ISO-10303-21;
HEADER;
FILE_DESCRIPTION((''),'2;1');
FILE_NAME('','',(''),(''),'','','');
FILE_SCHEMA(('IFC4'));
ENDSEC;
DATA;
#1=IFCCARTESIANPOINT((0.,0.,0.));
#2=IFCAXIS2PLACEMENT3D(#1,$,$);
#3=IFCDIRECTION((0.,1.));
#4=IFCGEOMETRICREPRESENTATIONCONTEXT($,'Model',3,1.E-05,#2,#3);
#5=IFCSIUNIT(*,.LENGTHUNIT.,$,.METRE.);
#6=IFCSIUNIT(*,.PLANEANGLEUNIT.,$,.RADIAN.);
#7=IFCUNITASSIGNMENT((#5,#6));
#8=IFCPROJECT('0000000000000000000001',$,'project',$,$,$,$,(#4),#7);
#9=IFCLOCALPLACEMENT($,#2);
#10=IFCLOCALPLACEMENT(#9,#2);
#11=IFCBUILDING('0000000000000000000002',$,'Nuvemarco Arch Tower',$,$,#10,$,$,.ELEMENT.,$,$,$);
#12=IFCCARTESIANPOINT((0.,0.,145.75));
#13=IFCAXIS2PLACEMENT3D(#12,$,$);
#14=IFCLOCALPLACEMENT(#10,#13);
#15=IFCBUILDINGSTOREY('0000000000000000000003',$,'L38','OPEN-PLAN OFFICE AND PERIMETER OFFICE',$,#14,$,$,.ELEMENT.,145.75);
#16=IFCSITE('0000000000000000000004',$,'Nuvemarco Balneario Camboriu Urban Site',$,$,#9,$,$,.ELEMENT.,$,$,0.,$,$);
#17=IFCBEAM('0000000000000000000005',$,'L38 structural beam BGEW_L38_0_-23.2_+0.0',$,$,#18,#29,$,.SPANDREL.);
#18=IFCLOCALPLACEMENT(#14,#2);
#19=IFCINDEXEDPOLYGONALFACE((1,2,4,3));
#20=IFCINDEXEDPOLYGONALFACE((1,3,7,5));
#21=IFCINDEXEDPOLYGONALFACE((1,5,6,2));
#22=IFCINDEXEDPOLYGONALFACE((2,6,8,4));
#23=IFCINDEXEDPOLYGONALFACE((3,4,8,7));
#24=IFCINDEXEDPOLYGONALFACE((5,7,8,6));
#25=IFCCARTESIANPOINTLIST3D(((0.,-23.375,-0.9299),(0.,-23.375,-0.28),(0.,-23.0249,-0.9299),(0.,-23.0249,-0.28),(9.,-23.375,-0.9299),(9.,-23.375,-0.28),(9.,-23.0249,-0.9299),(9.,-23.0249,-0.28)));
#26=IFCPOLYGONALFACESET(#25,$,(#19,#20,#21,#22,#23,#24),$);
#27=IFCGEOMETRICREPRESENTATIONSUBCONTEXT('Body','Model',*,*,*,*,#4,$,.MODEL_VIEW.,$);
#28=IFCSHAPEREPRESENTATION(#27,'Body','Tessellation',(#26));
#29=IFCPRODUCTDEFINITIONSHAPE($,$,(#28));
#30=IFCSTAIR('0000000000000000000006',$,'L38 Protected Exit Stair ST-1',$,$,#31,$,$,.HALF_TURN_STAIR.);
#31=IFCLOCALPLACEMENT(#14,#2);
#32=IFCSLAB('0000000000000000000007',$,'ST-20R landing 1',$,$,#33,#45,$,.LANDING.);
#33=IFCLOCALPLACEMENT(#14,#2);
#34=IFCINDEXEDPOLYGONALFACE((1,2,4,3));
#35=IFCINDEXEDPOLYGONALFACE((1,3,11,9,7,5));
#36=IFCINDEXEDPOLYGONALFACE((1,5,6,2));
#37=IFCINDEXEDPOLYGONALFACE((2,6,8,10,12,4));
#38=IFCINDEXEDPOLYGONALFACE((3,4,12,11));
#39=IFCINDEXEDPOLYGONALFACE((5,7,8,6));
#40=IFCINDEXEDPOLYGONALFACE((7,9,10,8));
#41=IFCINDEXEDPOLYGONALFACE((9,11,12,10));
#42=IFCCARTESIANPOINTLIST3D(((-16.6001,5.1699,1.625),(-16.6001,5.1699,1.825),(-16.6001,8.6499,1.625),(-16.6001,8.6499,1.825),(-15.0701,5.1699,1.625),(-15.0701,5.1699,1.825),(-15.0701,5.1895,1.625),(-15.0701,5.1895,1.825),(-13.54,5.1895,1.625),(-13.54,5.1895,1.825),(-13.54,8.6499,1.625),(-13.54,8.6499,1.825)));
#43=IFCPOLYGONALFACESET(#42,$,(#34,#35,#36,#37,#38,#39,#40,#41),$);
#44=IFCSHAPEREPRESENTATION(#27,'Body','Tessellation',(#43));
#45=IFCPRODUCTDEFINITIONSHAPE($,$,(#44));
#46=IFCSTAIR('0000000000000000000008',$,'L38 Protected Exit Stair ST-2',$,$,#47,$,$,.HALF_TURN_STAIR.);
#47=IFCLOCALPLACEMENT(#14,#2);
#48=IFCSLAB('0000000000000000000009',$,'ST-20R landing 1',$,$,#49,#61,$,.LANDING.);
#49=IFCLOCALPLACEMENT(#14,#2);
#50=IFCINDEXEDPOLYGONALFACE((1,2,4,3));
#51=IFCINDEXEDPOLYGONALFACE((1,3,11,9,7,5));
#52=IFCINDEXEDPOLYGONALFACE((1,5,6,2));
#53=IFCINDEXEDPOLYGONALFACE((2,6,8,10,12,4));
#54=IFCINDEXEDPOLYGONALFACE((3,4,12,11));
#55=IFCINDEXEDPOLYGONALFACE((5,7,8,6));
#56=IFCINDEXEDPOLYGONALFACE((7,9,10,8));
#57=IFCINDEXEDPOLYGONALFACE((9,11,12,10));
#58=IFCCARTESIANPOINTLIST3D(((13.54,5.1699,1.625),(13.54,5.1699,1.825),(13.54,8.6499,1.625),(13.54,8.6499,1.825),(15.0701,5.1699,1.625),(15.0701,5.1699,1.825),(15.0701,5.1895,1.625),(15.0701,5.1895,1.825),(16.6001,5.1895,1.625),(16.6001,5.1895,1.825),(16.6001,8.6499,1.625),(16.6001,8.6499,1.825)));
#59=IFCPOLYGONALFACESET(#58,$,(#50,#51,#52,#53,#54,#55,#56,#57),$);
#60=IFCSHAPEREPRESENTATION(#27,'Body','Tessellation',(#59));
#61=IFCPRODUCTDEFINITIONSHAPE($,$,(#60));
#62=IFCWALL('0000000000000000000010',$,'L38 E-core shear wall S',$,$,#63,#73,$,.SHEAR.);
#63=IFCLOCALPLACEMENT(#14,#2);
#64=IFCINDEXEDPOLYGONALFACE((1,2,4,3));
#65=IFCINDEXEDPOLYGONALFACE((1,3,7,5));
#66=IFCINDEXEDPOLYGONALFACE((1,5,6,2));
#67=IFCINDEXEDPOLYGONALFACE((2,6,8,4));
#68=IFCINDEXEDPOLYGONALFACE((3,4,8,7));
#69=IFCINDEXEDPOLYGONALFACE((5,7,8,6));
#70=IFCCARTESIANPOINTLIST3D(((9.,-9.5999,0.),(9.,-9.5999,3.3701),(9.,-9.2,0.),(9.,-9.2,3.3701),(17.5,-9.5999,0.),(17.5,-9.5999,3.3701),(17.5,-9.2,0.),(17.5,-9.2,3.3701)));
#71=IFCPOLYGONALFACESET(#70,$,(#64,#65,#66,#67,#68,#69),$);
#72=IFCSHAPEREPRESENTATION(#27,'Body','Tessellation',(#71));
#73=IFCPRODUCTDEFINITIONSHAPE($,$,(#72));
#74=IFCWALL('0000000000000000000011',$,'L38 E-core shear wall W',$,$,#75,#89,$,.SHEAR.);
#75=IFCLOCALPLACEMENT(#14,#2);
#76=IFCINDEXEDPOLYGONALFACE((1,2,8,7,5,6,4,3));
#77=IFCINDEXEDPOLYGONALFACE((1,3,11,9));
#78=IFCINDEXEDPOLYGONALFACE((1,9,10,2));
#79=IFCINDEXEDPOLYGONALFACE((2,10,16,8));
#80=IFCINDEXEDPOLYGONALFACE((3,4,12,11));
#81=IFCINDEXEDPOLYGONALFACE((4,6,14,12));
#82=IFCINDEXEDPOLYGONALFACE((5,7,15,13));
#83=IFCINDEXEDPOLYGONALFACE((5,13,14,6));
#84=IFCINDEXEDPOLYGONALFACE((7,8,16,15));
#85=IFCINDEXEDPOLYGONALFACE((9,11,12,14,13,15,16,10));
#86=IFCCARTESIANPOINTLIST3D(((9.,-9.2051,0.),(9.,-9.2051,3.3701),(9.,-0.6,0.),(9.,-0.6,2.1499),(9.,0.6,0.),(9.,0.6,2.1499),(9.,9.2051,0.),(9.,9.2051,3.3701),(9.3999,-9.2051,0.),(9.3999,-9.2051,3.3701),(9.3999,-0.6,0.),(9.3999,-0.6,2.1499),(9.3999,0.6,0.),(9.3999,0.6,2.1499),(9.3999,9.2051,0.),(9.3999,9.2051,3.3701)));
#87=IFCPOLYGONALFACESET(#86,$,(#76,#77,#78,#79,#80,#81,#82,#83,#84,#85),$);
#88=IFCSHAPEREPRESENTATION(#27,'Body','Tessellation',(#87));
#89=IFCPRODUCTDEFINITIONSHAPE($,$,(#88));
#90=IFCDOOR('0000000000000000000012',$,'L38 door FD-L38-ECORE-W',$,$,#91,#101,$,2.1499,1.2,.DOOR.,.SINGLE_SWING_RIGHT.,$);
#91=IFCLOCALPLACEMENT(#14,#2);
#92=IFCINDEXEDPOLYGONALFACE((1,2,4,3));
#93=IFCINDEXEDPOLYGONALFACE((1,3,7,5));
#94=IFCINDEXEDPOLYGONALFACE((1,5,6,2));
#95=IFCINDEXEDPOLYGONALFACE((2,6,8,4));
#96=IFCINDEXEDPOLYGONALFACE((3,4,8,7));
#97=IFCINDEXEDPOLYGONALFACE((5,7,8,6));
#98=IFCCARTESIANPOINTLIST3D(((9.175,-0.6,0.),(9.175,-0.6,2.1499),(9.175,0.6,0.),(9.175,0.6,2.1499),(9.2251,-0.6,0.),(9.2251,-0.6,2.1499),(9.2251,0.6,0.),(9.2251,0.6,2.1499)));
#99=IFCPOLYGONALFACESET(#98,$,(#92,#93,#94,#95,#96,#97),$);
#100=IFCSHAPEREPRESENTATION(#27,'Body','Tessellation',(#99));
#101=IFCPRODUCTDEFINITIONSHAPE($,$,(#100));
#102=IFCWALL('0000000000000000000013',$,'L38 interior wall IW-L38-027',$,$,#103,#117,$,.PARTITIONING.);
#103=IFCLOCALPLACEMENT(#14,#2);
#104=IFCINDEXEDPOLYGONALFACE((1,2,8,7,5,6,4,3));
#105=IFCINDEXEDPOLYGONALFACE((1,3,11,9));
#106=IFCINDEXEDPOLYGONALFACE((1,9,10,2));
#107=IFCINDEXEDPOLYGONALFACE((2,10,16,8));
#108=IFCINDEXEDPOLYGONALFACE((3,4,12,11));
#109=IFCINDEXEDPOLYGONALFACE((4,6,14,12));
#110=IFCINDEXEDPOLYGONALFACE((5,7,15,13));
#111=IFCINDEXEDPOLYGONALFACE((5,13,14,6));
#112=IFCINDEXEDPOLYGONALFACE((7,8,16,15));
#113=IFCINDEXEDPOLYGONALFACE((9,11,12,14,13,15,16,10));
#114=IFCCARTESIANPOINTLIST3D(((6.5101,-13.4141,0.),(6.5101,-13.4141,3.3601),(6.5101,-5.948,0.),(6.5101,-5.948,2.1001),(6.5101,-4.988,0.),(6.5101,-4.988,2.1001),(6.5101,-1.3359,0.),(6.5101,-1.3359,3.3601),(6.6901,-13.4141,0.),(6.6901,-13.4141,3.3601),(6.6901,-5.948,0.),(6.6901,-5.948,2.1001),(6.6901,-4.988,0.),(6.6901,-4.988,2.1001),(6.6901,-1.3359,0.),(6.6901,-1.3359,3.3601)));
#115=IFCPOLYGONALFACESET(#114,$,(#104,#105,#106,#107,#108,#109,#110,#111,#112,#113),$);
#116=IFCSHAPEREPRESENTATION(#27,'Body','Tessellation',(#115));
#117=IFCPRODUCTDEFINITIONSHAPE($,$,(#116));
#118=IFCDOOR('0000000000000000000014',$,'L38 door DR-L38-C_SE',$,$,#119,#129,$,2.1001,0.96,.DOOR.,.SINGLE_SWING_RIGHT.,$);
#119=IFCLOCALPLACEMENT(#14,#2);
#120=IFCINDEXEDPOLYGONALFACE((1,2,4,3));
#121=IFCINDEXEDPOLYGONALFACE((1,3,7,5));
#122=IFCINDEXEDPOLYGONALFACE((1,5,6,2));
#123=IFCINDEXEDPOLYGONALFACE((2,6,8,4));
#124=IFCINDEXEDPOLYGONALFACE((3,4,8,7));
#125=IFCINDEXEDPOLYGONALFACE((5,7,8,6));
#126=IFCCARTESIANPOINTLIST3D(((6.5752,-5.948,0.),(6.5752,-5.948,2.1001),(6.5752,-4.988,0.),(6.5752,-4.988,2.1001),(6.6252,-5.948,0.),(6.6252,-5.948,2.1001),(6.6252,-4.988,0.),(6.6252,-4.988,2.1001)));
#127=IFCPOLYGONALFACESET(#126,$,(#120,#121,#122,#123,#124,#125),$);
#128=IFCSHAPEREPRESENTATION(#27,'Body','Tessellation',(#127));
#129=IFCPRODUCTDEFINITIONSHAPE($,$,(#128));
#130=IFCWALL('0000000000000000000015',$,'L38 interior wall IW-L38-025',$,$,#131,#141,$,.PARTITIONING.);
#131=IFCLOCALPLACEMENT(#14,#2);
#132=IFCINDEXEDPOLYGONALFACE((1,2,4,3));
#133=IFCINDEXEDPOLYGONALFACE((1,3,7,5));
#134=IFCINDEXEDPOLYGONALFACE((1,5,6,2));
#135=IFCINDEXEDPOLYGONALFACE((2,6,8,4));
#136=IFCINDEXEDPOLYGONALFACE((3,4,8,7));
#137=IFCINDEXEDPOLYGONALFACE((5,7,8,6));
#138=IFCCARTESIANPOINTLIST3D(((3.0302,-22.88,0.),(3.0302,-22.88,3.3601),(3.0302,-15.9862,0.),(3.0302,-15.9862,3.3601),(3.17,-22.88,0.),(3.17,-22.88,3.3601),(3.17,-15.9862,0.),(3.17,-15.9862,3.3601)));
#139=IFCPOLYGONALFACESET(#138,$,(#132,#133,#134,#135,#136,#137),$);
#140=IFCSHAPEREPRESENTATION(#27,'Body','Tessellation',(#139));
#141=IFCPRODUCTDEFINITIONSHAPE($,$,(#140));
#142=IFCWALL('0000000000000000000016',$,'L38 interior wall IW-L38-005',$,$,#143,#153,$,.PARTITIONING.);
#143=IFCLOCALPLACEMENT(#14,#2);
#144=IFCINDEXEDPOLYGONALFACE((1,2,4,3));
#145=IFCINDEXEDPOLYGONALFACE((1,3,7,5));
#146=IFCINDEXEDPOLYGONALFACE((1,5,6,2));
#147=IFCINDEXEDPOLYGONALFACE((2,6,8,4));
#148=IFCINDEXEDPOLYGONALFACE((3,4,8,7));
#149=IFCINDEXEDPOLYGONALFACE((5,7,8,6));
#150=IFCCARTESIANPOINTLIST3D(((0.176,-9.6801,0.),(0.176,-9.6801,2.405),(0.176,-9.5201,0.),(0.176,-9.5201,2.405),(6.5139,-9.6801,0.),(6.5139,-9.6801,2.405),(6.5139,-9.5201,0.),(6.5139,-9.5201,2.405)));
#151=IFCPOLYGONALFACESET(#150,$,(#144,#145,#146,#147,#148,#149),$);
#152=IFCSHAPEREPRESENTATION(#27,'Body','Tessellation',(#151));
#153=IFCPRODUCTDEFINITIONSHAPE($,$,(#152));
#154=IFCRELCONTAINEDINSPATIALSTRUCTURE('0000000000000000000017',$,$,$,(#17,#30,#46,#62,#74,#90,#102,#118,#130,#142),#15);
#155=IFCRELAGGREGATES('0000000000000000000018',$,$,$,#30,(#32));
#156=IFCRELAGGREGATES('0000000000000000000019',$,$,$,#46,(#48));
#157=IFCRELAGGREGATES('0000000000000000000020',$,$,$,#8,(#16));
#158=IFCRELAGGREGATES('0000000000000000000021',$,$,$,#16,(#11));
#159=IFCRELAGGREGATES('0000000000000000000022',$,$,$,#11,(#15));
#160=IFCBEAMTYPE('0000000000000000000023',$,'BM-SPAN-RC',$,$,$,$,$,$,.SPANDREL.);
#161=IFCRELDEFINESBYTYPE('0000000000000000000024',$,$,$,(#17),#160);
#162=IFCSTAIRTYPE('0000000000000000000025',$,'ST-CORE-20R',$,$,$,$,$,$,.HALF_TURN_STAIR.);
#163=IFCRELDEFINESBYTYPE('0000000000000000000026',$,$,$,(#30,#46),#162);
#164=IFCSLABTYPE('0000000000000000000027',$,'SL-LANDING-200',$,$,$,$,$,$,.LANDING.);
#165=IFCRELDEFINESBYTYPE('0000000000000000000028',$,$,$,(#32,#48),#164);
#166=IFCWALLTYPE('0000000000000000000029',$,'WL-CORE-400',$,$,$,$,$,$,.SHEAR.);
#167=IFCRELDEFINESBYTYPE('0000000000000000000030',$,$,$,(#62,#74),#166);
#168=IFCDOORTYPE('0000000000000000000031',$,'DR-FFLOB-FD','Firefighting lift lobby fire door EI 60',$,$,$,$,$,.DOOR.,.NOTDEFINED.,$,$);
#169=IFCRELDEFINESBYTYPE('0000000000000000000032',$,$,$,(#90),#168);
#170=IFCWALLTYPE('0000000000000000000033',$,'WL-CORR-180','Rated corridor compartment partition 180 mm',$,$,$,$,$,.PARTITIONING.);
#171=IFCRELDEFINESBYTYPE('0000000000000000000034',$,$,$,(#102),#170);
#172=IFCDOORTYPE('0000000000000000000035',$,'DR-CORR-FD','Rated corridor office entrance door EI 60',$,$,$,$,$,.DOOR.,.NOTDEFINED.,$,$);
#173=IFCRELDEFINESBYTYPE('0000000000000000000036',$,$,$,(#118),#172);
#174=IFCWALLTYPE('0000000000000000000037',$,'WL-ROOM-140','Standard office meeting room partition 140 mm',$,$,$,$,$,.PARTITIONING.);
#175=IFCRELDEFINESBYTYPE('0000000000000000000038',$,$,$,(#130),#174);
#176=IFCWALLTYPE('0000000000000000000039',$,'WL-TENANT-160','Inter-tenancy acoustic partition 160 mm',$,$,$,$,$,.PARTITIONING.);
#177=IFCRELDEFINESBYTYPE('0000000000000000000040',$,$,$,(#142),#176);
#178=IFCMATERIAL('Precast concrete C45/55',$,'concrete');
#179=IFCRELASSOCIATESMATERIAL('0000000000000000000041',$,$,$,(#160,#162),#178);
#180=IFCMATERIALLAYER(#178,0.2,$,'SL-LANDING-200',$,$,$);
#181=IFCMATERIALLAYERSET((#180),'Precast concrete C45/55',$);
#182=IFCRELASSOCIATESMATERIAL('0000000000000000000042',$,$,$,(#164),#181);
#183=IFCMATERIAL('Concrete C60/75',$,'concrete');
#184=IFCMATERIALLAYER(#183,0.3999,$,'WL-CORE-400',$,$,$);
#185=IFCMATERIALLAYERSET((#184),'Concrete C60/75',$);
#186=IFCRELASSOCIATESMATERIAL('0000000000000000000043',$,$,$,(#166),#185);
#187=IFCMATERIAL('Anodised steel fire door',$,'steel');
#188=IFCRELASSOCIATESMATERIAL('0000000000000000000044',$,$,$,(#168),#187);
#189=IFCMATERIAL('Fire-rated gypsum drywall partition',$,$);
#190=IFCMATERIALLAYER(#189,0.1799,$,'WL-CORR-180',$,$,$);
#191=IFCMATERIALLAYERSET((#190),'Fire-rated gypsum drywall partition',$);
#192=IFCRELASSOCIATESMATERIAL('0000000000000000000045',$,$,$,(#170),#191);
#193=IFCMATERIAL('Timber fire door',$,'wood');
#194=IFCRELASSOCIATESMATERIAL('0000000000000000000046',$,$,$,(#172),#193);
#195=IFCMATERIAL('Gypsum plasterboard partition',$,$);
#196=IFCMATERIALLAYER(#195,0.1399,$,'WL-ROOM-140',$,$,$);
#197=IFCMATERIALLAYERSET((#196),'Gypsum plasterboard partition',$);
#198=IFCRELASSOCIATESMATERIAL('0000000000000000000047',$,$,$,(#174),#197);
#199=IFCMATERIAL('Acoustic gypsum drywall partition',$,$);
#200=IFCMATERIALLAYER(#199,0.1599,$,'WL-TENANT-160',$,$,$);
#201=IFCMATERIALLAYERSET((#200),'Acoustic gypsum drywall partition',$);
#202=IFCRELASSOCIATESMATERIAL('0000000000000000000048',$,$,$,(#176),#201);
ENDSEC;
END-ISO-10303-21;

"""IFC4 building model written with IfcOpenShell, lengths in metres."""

from ifc_helpers import new_model, si_unit, direction, frame, frame_2d, origin, origin_2d, place, context, subcontext, project, spatial, polyline, rectangle, outline, extrude, source, transform, mapped, material, layer, layer_set, material_profile, profile_set, type_object, type_shapes, element, fill, aggregate, save


model = new_model("IFC4")

# Units and contexts
model_context = context("Model", 3, precision=1e-05, world=origin(), true_north=direction((0.0, 1.0)))
body_context = subcontext(model_context, "Body", "Model", "MODEL_VIEW")
ifc_project = project(units=[si_unit("LENGTHUNIT", "METRE"), si_unit("PLANEANGLEUNIT", "RADIAN")], contexts=[model_context])

# Site, building, storey
site_placement = place(None, origin())
site = spatial("IfcSite", under=ifc_project, at=site_placement, Name="Nuvemarco Balneario Camboriu Urban Site", CompositionType="ELEMENT", RefElevation=0.0)
building_placement = place(site_placement, origin())
building = spatial("IfcBuilding", under=site, at=building_placement, Name="Nuvemarco Arch Tower", CompositionType="ELEMENT")
storey_placement = place(building_placement, frame((0.0, 0.0, 145.75)))
storey = spatial("IfcBuildingStorey", under=building, at=storey_placement, Name="L38", Description="OPEN-PLAN OFFICE AND PERIMETER OFFICE", CompositionType="ELEMENT", Elevation=145.75)

# Beam
ifc_material_1 = material(Name="Concrete C60/75", Category="concrete")
ifc_material_2 = material(Name="Precast concrete C45/55", Category="concrete")
ifc_material_profile_1 = material_profile(ifc_material_2, rectangle(XDim=0.3501, YDim=0.6499, at=origin_2d()), Name="PC-SP-350x650")
ifc_profile_set_1 = profile_set([ifc_material_profile_1], Name="Precast concrete C45/55")
beam_type_1 = type_object("IfcBeamType", Name="BM-SPAN-RC", PredefinedType="SPANDREL", material=ifc_profile_set_1)
beam_1_placement = place(storey_placement, frame((0.0, -23.2, -0.605), z_axis=(1.0, 0.0, 0.0), x_axis=(0.0, 1.0, 0.0)))
element("IfcBeam", 1, at=beam_1_placement, inside=storey, type_object=beam_type_1, Name="L38 structural beam BGEW_L38_0_-23.2_+0.0", PredefinedType="SPANDREL", context=body_context, shape_type="SweptSolid", body=[
    extrude(rectangle(XDim=0.3501, YDim=0.6499, at=origin_2d()), origin(), (0.0, 0.0, 1.0), 9.0),
])

# Stairs, slabs
stair_type = type_object("IfcStairType", Name="ST-CORE-20R", PredefinedType="HALF_TURN_STAIR", material=ifc_material_2)
stair_1_placement = place(storey_placement, origin())
stair_1 = element("IfcStair", 2, at=stair_1_placement, inside=storey, type_object=stair_type, Name="L38 Protected Exit Stair ST-1", PredefinedType="HALF_TURN_STAIR")
ifc_layer_1 = layer(ifc_material_2, 0.2, Name="SL-LANDING-200")
ifc_layer_set_1 = layer_set([ifc_layer_1], Name="Precast concrete C45/55")
slab_type = type_object("IfcSlabType", Name="SL-LANDING-200", PredefinedType="LANDING", material=ifc_layer_set_1)
slab_1_placement = place(storey_placement, frame((0.0, 0.0, 1.625)))
slab_1 = element("IfcSlab", 3, at=slab_1_placement, type_object=slab_type, Name="ST-20R landing 1", PredefinedType="LANDING", context=body_context, shape_type="SweptSolid", body=[
    extrude(outline(polyline([(-13.54, 5.1895), (-13.54, 8.6499), (-16.6001, 8.6499), (-16.6001, 5.1699), (-15.0701, 5.1699), (-15.0701, 5.1895), (-13.54, 5.1895)])), origin(), (0.0, 0.0, 1.0), 0.2),
])
aggregate(stair_1, [slab_1])
stair_2_placement = place(storey_placement, origin())
stair_2 = element("IfcStair", 4, at=stair_2_placement, inside=storey, type_object=stair_type, Name="L38 Protected Exit Stair ST-2", PredefinedType="HALF_TURN_STAIR")
slab_2_placement = place(storey_placement, frame((0.0, 0.0, 1.625)))
slab_2 = element("IfcSlab", 5, at=slab_2_placement, type_object=slab_type, Name="ST-20R landing 1", PredefinedType="LANDING", context=body_context, shape_type="SweptSolid", body=[
    extrude(outline(polyline([(16.6001, 5.1895), (16.6001, 8.6499), (13.54, 8.6499), (13.54, 5.1699), (15.0701, 5.1699), (15.0701, 5.1895), (16.6001, 5.1895)])), origin(), (0.0, 0.0, 1.0), 0.2),
])
aggregate(stair_2, [slab_2])

# Wall
ifc_layer_2 = layer(ifc_material_1, 0.3999, Name="WL-CORE-400")
ifc_layer_set_2 = layer_set([ifc_layer_2], Name="Concrete C60/75")
wall_type_1 = type_object("IfcWallType", Name="WL-CORE-400", PredefinedType="SHEAR", material=ifc_layer_set_2)
wall_1_placement = place(storey_placement, frame((9.0, -9.3999, 0.0), z_axis=(0.0, 0.0, 1.0), x_axis=(1.0, 0.0, 0.0)))
element("IfcWall", 6, at=wall_1_placement, inside=storey, type_object=wall_type_1, Name="L38 E-core shear wall S", PredefinedType="SHEAR", context=body_context, shape_type="SweptSolid", body=[
    extrude(rectangle(XDim=8.5, YDim=0.3999, at=frame_2d((4.25, 0.0))), origin(), (0.0, 0.0, 1.0), 3.3701),
])

# Walls, openings, doors
wall_2_placement = place(storey_placement, frame((9.2, -9.2051, 0.0), z_axis=(0.0, 0.0, 1.0), x_axis=(0.0, 1.0, 0.0)))
wall_2 = element("IfcWall", 7, at=wall_2_placement, inside=storey, type_object=wall_type_1, Name="L38 E-core shear wall W", PredefinedType="SHEAR", context=body_context, shape_type="SweptSolid", body=[
    extrude(rectangle(XDim=18.4102, YDim=0.3999, at=frame_2d((9.2051, 0.0))), origin(), (0.0, 0.0, 1.0), 3.3701),
])
opening_1_placement = place(wall_2_placement, frame((8.605, 0.0, 0.0)))
opening_1 = element("IfcOpeningElement", 8, at=opening_1_placement, cuts=wall_2, PredefinedType="OPENING", context=body_context, shape_type="SweptSolid", body=[
    extrude(rectangle(XDim=1.2, YDim=2.1499, at=frame_2d((0.6001, 1.075))), frame((0.0, 0.21, 0.0), z_axis=(0.0, -1.0, 0.0), x_axis=(1.0, 0.0, 0.0)), (0.0, 0.0, 1.0), 0.4199),
])
ifc_material_3 = material(Name="Anodised steel fire door", Category="steel")
door_type_1 = type_object("IfcDoorType", Name="DR-FFLOB-FD", Description="Firefighting lift lobby fire door EI 60", OperationType="NOTDEFINED", PredefinedType="DOOR", material=ifc_material_3)
shared_shape_1 = source(origin(), body_context, "Body", "SweptSolid", [
    extrude(rectangle(XDim=1.2, YDim=2.1499, at=frame_2d((0.6001, 1.075))), frame((0.0, 0.0249, 0.0), z_axis=(0.0, -1.0, 0.0), x_axis=(1.0, 0.0, 0.0)), (0.0, 0.0, 1.0), 0.05),
])
type_shapes(door_type_1, [shared_shape_1])
door_1_placement = place(opening_1_placement, origin())
door_1 = element("IfcDoor", 9, at=door_1_placement, inside=storey, type_object=door_type_1, Name="L38 door FD-L38-ECORE-W", OperationType="SINGLE_SWING_RIGHT", OverallHeight=2.1499, OverallWidth=1.2, PredefinedType="DOOR", context=body_context, shape_type="MappedRepresentation", body=[
    mapped(shared_shape_1, transform((0.0, 0.0, 0.0), scale=1.0)),
])
fill(opening_1, door_1)
ifc_material_4 = material(Name="Fire-rated gypsum drywall partition")
ifc_layer_3 = layer(ifc_material_4, 0.1799, Name="WL-CORR-180")
ifc_layer_set_3 = layer_set([ifc_layer_3], Name="Fire-rated gypsum drywall partition")
wall_type_2 = type_object("IfcWallType", Name="WL-CORR-180", Description="Rated corridor compartment partition 180 mm", PredefinedType="PARTITIONING", material=ifc_layer_set_3)
wall_3_placement = place(storey_placement, frame((6.6001, -13.4141, 0.0), z_axis=(0.0, 0.0, 1.0), x_axis=(0.0, 1.0, 0.0)))
wall_3 = element("IfcWall", 10, at=wall_3_placement, inside=storey, type_object=wall_type_2, Name="L38 interior wall IW-L38-027", PredefinedType="PARTITIONING", context=body_context, shape_type="SweptSolid", body=[
    extrude(rectangle(XDim=12.0781, YDim=0.1799, at=frame_2d((6.0391, 0.0))), origin(), (0.0, 0.0, 1.0), 3.3601),
])
opening_2_placement = place(wall_3_placement, frame((7.4661, 0.0, 0.0)))
opening_2 = element("IfcOpeningElement", 11, at=opening_2_placement, cuts=wall_3, PredefinedType="OPENING", context=body_context, shape_type="SweptSolid", body=[
    extrude(rectangle(XDim=0.96, YDim=2.1001, at=frame_2d((0.48, 1.05))), frame((0.0, 0.0999, 0.0), z_axis=(0.0, -1.0, 0.0), x_axis=(1.0, 0.0, 0.0)), (0.0, 0.0, 1.0), 0.2),
])
ifc_material_5 = material(Name="Timber fire door", Category="wood")
door_type_2 = type_object("IfcDoorType", Name="DR-CORR-FD", Description="Rated corridor office entrance door EI 60", OperationType="NOTDEFINED", PredefinedType="DOOR", material=ifc_material_5)
shared_shape_2 = source(origin(), body_context, "Body", "SweptSolid", [
    extrude(rectangle(XDim=0.96, YDim=2.1001, at=frame_2d((0.48, 1.05))), frame((0.0, 0.0249, 0.0), z_axis=(0.0, -1.0, 0.0), x_axis=(1.0, 0.0, 0.0)), (0.0, 0.0, 1.0), 0.05),
])
type_shapes(door_type_2, [shared_shape_2])
door_2_placement = place(opening_2_placement, origin())
door_2 = element("IfcDoor", 12, at=door_2_placement, inside=storey, type_object=door_type_2, Name="L38 door DR-L38-C_SE", OperationType="SINGLE_SWING_RIGHT", OverallHeight=2.1001, OverallWidth=0.96, PredefinedType="DOOR", context=body_context, shape_type="MappedRepresentation", body=[
    mapped(shared_shape_2, transform((0.0, 0.0, 0.0), scale=1.0)),
])
fill(opening_2, door_2)

# Walls
ifc_material_6 = material(Name="Gypsum plasterboard partition")
ifc_layer_4 = layer(ifc_material_6, 0.1399, Name="WL-ROOM-140")
ifc_layer_set_4 = layer_set([ifc_layer_4], Name="Gypsum plasterboard partition")
wall_type_3 = type_object("IfcWallType", Name="WL-ROOM-140", Description="Standard office meeting room partition 140 mm", PredefinedType="PARTITIONING", material=ifc_layer_set_4)
wall_4_placement = place(storey_placement, frame((3.1001, -22.8799, 0.0), z_axis=(0.0, 0.0, 1.0), x_axis=(0.0, 1.0, 0.0)))
element("IfcWall", 13, at=wall_4_placement, inside=storey, type_object=wall_type_3, Name="L38 interior wall IW-L38-025", PredefinedType="PARTITIONING", context=body_context, shape_type="SweptSolid", body=[
    extrude(rectangle(XDim=6.8938, YDim=0.1399, at=frame_2d((3.4468, 0.0))), origin(), (0.0, 0.0, 1.0), 3.3601),
])
ifc_material_7 = material(Name="Acoustic gypsum drywall partition")
ifc_layer_5 = layer(ifc_material_7, 0.1599, Name="WL-TENANT-160")
ifc_layer_set_5 = layer_set([ifc_layer_5], Name="Acoustic gypsum drywall partition")
wall_type_4 = type_object("IfcWallType", Name="WL-TENANT-160", Description="Inter-tenancy acoustic partition 160 mm", PredefinedType="PARTITIONING", material=ifc_layer_set_5)
wall_5_placement = place(storey_placement, frame((0.176, -9.6001, 0.0), z_axis=(0.0, 0.0, 1.0), x_axis=(1.0, 0.0, 0.0)))
element("IfcWall", 14, at=wall_5_placement, inside=storey, type_object=wall_type_4, Name="L38 interior wall IW-L38-005", PredefinedType="PARTITIONING", context=body_context, shape_type="SweptSolid", body=[
    extrude(rectangle(XDim=6.3379, YDim=0.1599, at=frame_2d((3.1689, 0.0))), origin(), (0.0, 0.0, 1.0), 2.405),
])

save(model, "model.ifc")
